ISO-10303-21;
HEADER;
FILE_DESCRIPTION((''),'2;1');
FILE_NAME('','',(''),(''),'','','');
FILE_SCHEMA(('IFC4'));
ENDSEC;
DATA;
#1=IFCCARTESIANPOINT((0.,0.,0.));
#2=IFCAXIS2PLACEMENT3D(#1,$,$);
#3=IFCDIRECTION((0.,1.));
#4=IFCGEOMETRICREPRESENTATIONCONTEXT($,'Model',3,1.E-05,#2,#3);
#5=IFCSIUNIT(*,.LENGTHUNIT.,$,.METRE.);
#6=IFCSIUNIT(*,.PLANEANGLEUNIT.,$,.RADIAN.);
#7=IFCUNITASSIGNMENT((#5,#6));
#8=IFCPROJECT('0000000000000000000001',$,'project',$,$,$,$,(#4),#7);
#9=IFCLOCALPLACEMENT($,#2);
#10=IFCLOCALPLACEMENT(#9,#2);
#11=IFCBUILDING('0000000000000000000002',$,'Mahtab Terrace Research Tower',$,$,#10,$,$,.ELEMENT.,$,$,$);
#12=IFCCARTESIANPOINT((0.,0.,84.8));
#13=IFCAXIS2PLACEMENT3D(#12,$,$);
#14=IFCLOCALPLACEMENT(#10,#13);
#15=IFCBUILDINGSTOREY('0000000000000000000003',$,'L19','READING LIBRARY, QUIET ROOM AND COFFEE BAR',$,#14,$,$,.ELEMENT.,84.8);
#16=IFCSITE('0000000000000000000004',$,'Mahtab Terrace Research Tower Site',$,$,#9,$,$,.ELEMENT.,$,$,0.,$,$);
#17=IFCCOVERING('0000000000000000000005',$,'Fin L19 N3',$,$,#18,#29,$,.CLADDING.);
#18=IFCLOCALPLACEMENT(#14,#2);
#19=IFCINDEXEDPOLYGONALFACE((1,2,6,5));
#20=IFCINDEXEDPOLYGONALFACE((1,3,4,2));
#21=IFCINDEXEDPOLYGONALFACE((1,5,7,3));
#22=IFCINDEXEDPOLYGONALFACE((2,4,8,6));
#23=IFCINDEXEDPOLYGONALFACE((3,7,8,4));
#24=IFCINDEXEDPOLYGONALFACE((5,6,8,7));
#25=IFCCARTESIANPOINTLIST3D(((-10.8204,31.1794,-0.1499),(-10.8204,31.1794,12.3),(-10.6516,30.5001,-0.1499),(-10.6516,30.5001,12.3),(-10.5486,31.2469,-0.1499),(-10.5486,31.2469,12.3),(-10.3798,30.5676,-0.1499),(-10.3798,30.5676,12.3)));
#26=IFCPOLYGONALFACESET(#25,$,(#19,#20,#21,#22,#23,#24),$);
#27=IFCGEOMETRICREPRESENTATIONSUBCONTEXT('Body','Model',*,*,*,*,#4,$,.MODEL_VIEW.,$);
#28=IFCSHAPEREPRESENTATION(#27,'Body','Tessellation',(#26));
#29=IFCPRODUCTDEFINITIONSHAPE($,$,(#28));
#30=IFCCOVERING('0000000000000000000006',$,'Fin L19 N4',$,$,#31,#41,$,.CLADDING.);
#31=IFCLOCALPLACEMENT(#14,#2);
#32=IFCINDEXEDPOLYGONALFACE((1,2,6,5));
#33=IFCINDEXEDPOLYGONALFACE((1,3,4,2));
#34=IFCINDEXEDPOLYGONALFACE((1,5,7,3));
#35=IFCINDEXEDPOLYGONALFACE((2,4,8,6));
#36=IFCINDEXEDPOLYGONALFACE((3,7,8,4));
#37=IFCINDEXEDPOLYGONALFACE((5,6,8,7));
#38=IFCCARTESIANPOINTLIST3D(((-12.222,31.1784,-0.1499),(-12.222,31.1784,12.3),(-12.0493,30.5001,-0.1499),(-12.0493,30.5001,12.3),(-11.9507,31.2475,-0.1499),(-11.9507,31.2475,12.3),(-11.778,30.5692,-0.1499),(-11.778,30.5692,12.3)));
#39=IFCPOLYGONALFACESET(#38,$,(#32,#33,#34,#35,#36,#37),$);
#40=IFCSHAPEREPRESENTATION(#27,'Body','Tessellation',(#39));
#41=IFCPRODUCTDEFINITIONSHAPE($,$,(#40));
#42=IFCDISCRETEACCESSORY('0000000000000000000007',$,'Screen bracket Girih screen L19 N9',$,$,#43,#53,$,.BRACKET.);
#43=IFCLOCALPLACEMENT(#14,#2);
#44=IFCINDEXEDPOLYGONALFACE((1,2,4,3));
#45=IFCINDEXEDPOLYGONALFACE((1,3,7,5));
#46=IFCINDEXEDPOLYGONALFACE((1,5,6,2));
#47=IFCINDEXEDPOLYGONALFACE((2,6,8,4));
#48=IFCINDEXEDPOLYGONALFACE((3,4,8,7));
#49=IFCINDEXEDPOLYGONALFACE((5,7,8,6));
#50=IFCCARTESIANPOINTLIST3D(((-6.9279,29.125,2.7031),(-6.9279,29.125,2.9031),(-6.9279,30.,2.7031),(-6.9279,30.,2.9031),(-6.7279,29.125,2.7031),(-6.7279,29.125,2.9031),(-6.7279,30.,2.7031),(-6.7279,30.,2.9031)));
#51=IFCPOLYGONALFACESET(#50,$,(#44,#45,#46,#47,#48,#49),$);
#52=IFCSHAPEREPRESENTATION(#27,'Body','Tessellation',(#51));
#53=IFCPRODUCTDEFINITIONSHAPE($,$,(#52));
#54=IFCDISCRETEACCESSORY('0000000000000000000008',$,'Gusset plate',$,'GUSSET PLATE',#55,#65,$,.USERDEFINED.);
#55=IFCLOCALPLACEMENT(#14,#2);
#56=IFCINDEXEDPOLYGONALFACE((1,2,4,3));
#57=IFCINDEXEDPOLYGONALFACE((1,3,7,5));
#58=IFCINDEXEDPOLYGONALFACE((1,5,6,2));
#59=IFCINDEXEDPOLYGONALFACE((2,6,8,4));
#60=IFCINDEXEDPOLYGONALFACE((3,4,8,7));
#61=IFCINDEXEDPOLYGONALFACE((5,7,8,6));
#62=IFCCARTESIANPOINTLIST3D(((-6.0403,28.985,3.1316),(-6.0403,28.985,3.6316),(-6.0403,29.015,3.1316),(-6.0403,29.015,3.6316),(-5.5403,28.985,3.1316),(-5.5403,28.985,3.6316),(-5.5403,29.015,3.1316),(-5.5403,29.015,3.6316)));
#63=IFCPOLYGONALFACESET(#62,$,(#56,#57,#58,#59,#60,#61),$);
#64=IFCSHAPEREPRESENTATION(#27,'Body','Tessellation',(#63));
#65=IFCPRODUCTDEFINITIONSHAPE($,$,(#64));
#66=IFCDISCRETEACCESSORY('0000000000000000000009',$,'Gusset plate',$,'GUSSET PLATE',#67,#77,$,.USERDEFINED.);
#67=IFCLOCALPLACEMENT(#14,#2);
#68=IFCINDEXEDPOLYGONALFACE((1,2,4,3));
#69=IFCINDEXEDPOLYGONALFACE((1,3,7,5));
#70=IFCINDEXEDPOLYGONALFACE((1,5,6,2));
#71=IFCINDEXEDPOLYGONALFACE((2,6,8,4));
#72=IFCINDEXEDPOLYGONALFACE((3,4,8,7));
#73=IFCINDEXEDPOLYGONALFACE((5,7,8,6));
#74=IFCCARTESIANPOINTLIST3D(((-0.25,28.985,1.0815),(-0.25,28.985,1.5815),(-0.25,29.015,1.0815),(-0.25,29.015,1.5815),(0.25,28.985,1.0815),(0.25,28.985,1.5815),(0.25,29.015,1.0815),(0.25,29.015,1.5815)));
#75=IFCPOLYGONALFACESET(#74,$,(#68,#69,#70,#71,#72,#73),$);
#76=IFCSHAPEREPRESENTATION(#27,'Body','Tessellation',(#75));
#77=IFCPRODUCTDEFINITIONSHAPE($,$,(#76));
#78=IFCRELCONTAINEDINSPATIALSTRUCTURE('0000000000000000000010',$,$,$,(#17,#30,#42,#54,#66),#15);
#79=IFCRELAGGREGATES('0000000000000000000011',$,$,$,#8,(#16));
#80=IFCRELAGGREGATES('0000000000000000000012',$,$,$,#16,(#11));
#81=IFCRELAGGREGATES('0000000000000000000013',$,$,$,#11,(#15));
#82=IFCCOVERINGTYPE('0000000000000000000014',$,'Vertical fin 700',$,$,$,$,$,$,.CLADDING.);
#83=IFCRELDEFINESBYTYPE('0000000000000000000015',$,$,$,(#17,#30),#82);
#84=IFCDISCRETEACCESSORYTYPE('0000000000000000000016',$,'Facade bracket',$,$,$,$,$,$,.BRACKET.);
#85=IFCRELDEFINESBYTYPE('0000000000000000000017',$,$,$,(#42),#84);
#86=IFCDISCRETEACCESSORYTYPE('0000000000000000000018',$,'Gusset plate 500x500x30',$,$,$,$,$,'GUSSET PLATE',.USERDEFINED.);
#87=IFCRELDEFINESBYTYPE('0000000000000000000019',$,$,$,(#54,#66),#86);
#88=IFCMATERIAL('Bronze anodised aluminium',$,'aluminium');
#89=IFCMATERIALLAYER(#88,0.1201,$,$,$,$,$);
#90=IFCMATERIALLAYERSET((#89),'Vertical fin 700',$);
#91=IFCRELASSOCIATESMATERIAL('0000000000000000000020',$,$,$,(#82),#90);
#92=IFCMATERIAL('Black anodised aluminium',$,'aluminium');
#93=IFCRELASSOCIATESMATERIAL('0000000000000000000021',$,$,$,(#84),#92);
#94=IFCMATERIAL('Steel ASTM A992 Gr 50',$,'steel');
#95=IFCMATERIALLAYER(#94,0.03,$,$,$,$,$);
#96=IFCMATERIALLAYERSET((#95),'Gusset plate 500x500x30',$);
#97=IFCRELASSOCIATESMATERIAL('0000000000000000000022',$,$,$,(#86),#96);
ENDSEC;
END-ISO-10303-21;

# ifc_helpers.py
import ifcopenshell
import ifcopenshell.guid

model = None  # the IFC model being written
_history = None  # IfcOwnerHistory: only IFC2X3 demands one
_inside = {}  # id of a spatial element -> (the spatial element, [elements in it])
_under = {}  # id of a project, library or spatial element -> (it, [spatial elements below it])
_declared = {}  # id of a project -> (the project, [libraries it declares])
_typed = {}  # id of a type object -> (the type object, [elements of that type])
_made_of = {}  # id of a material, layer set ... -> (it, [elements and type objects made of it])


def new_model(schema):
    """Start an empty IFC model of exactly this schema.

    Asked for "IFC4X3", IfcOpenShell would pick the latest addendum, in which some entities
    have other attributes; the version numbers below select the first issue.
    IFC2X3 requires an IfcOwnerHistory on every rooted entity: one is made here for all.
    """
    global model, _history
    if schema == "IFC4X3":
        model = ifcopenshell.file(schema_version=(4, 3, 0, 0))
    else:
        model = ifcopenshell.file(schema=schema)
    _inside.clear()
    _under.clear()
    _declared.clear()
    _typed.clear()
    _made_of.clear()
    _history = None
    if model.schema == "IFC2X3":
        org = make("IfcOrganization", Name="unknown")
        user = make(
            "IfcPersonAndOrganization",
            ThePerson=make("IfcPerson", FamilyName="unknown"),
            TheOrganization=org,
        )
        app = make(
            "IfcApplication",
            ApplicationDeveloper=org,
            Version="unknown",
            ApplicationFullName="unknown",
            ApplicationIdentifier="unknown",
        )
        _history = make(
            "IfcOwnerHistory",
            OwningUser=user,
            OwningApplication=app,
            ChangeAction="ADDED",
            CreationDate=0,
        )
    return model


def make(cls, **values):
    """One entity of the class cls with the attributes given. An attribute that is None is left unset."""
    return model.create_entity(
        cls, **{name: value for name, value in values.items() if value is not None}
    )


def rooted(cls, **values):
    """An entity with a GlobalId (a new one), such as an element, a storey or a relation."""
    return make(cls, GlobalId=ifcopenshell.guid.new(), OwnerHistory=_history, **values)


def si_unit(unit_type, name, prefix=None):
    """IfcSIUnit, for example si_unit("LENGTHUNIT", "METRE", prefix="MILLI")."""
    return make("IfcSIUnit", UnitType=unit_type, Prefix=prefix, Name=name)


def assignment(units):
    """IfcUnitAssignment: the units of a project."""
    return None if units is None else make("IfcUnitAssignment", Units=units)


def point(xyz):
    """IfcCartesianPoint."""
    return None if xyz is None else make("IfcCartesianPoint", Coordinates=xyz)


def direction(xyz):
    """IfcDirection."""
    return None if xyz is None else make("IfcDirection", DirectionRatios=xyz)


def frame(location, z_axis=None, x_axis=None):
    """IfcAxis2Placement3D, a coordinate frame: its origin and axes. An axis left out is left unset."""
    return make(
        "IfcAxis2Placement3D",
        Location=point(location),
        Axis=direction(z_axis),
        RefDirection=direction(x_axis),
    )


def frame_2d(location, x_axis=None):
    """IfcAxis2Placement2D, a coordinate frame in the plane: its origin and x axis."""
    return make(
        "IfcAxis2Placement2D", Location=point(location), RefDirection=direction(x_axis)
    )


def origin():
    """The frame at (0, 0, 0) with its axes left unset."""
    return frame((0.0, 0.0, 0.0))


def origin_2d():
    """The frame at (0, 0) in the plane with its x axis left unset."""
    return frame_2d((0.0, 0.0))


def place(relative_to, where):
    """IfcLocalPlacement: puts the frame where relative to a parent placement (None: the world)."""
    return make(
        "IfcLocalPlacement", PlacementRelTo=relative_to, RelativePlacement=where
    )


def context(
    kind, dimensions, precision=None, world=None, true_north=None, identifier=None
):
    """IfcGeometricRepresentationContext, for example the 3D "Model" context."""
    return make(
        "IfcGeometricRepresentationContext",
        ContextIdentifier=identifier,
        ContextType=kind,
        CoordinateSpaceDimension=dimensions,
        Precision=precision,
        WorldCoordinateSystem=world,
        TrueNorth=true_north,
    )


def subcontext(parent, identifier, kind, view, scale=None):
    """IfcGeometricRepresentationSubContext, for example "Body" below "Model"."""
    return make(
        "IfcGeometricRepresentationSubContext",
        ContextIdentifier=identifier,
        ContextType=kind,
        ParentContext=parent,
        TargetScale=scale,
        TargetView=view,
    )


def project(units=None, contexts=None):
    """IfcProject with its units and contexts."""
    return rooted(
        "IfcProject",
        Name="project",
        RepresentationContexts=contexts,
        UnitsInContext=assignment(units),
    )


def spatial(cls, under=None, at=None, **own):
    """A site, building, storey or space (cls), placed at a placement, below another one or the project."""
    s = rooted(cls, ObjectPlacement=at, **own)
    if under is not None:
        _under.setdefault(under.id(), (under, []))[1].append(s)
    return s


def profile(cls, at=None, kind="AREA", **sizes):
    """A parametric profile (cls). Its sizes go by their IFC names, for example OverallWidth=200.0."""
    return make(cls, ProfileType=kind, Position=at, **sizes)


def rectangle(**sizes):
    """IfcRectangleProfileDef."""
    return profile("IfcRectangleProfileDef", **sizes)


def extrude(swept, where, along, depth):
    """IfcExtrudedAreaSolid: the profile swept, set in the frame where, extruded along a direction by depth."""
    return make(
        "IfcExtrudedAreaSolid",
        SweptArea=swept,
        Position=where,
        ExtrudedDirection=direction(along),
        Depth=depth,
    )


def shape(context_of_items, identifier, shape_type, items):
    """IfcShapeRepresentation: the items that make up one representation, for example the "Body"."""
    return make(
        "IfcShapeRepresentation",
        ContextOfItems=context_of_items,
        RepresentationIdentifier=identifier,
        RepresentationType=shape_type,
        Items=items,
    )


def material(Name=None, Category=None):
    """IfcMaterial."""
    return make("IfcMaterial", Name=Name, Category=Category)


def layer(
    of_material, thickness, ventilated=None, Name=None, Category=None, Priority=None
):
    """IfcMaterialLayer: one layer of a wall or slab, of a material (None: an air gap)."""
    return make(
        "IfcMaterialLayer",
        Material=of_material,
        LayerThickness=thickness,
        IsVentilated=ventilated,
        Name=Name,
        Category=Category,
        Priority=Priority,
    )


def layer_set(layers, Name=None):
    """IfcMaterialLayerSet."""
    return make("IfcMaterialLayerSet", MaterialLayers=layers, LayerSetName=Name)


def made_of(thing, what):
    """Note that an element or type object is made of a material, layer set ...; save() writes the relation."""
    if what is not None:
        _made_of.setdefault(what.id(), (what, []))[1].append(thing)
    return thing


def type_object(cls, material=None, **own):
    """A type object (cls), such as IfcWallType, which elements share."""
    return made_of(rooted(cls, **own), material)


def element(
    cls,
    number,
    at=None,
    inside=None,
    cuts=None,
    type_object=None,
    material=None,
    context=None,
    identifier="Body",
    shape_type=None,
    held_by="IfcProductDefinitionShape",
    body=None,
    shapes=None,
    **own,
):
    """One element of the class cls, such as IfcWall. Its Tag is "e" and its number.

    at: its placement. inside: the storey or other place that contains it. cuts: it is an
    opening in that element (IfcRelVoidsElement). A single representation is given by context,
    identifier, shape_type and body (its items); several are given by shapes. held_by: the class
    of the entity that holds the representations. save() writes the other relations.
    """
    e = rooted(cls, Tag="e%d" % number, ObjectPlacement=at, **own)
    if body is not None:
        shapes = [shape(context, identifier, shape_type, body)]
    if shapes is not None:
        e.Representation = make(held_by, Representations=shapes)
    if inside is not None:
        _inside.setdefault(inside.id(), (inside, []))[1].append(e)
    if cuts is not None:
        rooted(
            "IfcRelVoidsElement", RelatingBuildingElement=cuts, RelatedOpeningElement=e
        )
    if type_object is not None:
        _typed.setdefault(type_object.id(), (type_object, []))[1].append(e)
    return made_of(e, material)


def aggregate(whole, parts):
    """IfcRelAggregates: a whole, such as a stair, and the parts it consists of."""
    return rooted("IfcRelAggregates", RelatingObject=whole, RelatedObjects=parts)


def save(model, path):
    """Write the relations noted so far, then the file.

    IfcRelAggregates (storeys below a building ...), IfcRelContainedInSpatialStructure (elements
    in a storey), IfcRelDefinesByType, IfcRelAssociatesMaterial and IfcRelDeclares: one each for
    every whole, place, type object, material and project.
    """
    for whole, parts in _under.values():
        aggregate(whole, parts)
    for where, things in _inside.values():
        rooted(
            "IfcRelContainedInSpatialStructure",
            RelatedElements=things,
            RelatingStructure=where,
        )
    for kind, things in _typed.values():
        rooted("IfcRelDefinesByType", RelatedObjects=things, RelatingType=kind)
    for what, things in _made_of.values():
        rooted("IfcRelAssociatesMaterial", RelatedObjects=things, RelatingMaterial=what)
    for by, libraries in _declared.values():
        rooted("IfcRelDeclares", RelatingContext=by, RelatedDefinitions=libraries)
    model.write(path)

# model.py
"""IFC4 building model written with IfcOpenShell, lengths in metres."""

from ifc_helpers import new_model, si_unit, direction, frame, origin, origin_2d, place, context, subcontext, project, spatial, rectangle, extrude, material, layer, layer_set, type_object, element, save


model = new_model("IFC4")

# Units and contexts
model_context = context("Model", 3, precision=1e-05, world=origin(), true_north=direction((0.0, 1.0)))
body_context = subcontext(model_context, "Body", "Model", "MODEL_VIEW")
ifc_project = project(units=[si_unit("LENGTHUNIT", "METRE"), si_unit("PLANEANGLEUNIT", "RADIAN")], contexts=[model_context])

# Site, building, storey
site_placement = place(None, origin())
site = spatial("IfcSite", under=ifc_project, at=site_placement, Name="Mahtab Terrace Research Tower Site", CompositionType="ELEMENT", RefElevation=0.0)
building_placement = place(site_placement, origin())
building = spatial("IfcBuilding", under=site, at=building_placement, Name="Mahtab Terrace Research Tower", CompositionType="ELEMENT")
storey_placement = place(building_placement, frame((0.0, 0.0, 84.8)))
storey = spatial("IfcBuildingStorey", under=building, at=storey_placement, Name="L19", Description="READING LIBRARY, QUIET ROOM AND COFFEE BAR", CompositionType="ELEMENT", Elevation=84.8)

# Shared definitions
ifc_material_1 = material(Name="Steel ASTM A992 Gr 50", Category="steel")

# Coverings
ifc_material_2 = material(Name="Bronze anodised aluminium", Category="aluminium")
ifc_layer_1 = layer(ifc_material_2, 0.1201)
ifc_layer_set_1 = layer_set([ifc_layer_1], Name="Vertical fin 700")
covering_type_1 = type_object("IfcCoveringType", Name="Vertical fin 700", PredefinedType="CLADDING", material=ifc_layer_set_1)
for number, where, z_axis, x_axis, name in (
    (1, (-10.6001, 30.8735, -0.1499), (0.0, 0.0, 1.0), (-0.970496, -0.241115, 0.0), "Fin L19 N3"),
    (2, (-12.0, 30.8738, -0.1499), (0.0, 0.0, 1.0), (-0.969077, -0.246757, 0.0), "Fin L19 N4"),
):
    element("IfcCovering", number, at=place(storey_placement, frame(where, z_axis=z_axis, x_axis=x_axis)), inside=storey, type_object=covering_type_1, Name=name, PredefinedType="CLADDING", context=body_context, shape_type="SweptSolid", body=[
        extrude(rectangle(XDim=0.28, YDim=0.7, at=origin_2d()), origin(), (0.0, 0.0, 1.0), 12.45),
    ])

# Discrete accessories
ifc_material_3 = material(Name="Black anodised aluminium", Category="aluminium")
discrete_accessory_type_1 = type_object("IfcDiscreteAccessoryType", Name="Facade bracket", PredefinedType="BRACKET", material=ifc_material_3)
discrete_accessory_placement = place(storey_placement, frame((-6.8279, 29.5625, 2.7031), z_axis=(0.0, 0.0, 1.0), x_axis=(-1.0, 0.0, 0.0)))
element("IfcDiscreteAccessory", 3, at=discrete_accessory_placement, inside=storey, type_object=discrete_accessory_type_1, Name="Screen bracket Girih screen L19 N9", PredefinedType="BRACKET", context=body_context, shape_type="SweptSolid", body=[
    extrude(rectangle(XDim=0.2, YDim=0.875, at=origin_2d()), origin(), (0.0, 0.0, 1.0), 0.2),
])
ifc_layer_2 = layer(ifc_material_1, 0.03)
ifc_layer_set_2 = layer_set([ifc_layer_2], Name="Gusset plate 500x500x30")
discrete_accessory_type_2 = type_object("IfcDiscreteAccessoryType", Name="Gusset plate 500x500x30", ElementType="GUSSET PLATE", PredefinedType="USERDEFINED", material=ifc_layer_set_2)
for number, where, z_axis, x_axis, name in (
    (4, (-5.7903, 29.0, 3.1316), (0.0, 0.0, 1.0), (1.0, 0.0, 0.0), "Gusset plate"),
    (5, (0.0, 29.0, 1.0815), (0.0, 0.0, 1.0), (1.0, 0.0, 0.0), "Gusset plate"),
):
    element("IfcDiscreteAccessory", number, at=place(storey_placement, frame(where, z_axis=z_axis, x_axis=x_axis)), inside=storey, type_object=discrete_accessory_type_2, Name=name, ObjectType="GUSSET PLATE", PredefinedType="USERDEFINED", context=body_context, shape_type="SweptSolid", body=[
        extrude(rectangle(XDim=0.5, YDim=0.03, at=origin_2d()), origin(), (0.0, 0.0, 1.0), 0.5),
    ])

save(model, "model.ifc")
